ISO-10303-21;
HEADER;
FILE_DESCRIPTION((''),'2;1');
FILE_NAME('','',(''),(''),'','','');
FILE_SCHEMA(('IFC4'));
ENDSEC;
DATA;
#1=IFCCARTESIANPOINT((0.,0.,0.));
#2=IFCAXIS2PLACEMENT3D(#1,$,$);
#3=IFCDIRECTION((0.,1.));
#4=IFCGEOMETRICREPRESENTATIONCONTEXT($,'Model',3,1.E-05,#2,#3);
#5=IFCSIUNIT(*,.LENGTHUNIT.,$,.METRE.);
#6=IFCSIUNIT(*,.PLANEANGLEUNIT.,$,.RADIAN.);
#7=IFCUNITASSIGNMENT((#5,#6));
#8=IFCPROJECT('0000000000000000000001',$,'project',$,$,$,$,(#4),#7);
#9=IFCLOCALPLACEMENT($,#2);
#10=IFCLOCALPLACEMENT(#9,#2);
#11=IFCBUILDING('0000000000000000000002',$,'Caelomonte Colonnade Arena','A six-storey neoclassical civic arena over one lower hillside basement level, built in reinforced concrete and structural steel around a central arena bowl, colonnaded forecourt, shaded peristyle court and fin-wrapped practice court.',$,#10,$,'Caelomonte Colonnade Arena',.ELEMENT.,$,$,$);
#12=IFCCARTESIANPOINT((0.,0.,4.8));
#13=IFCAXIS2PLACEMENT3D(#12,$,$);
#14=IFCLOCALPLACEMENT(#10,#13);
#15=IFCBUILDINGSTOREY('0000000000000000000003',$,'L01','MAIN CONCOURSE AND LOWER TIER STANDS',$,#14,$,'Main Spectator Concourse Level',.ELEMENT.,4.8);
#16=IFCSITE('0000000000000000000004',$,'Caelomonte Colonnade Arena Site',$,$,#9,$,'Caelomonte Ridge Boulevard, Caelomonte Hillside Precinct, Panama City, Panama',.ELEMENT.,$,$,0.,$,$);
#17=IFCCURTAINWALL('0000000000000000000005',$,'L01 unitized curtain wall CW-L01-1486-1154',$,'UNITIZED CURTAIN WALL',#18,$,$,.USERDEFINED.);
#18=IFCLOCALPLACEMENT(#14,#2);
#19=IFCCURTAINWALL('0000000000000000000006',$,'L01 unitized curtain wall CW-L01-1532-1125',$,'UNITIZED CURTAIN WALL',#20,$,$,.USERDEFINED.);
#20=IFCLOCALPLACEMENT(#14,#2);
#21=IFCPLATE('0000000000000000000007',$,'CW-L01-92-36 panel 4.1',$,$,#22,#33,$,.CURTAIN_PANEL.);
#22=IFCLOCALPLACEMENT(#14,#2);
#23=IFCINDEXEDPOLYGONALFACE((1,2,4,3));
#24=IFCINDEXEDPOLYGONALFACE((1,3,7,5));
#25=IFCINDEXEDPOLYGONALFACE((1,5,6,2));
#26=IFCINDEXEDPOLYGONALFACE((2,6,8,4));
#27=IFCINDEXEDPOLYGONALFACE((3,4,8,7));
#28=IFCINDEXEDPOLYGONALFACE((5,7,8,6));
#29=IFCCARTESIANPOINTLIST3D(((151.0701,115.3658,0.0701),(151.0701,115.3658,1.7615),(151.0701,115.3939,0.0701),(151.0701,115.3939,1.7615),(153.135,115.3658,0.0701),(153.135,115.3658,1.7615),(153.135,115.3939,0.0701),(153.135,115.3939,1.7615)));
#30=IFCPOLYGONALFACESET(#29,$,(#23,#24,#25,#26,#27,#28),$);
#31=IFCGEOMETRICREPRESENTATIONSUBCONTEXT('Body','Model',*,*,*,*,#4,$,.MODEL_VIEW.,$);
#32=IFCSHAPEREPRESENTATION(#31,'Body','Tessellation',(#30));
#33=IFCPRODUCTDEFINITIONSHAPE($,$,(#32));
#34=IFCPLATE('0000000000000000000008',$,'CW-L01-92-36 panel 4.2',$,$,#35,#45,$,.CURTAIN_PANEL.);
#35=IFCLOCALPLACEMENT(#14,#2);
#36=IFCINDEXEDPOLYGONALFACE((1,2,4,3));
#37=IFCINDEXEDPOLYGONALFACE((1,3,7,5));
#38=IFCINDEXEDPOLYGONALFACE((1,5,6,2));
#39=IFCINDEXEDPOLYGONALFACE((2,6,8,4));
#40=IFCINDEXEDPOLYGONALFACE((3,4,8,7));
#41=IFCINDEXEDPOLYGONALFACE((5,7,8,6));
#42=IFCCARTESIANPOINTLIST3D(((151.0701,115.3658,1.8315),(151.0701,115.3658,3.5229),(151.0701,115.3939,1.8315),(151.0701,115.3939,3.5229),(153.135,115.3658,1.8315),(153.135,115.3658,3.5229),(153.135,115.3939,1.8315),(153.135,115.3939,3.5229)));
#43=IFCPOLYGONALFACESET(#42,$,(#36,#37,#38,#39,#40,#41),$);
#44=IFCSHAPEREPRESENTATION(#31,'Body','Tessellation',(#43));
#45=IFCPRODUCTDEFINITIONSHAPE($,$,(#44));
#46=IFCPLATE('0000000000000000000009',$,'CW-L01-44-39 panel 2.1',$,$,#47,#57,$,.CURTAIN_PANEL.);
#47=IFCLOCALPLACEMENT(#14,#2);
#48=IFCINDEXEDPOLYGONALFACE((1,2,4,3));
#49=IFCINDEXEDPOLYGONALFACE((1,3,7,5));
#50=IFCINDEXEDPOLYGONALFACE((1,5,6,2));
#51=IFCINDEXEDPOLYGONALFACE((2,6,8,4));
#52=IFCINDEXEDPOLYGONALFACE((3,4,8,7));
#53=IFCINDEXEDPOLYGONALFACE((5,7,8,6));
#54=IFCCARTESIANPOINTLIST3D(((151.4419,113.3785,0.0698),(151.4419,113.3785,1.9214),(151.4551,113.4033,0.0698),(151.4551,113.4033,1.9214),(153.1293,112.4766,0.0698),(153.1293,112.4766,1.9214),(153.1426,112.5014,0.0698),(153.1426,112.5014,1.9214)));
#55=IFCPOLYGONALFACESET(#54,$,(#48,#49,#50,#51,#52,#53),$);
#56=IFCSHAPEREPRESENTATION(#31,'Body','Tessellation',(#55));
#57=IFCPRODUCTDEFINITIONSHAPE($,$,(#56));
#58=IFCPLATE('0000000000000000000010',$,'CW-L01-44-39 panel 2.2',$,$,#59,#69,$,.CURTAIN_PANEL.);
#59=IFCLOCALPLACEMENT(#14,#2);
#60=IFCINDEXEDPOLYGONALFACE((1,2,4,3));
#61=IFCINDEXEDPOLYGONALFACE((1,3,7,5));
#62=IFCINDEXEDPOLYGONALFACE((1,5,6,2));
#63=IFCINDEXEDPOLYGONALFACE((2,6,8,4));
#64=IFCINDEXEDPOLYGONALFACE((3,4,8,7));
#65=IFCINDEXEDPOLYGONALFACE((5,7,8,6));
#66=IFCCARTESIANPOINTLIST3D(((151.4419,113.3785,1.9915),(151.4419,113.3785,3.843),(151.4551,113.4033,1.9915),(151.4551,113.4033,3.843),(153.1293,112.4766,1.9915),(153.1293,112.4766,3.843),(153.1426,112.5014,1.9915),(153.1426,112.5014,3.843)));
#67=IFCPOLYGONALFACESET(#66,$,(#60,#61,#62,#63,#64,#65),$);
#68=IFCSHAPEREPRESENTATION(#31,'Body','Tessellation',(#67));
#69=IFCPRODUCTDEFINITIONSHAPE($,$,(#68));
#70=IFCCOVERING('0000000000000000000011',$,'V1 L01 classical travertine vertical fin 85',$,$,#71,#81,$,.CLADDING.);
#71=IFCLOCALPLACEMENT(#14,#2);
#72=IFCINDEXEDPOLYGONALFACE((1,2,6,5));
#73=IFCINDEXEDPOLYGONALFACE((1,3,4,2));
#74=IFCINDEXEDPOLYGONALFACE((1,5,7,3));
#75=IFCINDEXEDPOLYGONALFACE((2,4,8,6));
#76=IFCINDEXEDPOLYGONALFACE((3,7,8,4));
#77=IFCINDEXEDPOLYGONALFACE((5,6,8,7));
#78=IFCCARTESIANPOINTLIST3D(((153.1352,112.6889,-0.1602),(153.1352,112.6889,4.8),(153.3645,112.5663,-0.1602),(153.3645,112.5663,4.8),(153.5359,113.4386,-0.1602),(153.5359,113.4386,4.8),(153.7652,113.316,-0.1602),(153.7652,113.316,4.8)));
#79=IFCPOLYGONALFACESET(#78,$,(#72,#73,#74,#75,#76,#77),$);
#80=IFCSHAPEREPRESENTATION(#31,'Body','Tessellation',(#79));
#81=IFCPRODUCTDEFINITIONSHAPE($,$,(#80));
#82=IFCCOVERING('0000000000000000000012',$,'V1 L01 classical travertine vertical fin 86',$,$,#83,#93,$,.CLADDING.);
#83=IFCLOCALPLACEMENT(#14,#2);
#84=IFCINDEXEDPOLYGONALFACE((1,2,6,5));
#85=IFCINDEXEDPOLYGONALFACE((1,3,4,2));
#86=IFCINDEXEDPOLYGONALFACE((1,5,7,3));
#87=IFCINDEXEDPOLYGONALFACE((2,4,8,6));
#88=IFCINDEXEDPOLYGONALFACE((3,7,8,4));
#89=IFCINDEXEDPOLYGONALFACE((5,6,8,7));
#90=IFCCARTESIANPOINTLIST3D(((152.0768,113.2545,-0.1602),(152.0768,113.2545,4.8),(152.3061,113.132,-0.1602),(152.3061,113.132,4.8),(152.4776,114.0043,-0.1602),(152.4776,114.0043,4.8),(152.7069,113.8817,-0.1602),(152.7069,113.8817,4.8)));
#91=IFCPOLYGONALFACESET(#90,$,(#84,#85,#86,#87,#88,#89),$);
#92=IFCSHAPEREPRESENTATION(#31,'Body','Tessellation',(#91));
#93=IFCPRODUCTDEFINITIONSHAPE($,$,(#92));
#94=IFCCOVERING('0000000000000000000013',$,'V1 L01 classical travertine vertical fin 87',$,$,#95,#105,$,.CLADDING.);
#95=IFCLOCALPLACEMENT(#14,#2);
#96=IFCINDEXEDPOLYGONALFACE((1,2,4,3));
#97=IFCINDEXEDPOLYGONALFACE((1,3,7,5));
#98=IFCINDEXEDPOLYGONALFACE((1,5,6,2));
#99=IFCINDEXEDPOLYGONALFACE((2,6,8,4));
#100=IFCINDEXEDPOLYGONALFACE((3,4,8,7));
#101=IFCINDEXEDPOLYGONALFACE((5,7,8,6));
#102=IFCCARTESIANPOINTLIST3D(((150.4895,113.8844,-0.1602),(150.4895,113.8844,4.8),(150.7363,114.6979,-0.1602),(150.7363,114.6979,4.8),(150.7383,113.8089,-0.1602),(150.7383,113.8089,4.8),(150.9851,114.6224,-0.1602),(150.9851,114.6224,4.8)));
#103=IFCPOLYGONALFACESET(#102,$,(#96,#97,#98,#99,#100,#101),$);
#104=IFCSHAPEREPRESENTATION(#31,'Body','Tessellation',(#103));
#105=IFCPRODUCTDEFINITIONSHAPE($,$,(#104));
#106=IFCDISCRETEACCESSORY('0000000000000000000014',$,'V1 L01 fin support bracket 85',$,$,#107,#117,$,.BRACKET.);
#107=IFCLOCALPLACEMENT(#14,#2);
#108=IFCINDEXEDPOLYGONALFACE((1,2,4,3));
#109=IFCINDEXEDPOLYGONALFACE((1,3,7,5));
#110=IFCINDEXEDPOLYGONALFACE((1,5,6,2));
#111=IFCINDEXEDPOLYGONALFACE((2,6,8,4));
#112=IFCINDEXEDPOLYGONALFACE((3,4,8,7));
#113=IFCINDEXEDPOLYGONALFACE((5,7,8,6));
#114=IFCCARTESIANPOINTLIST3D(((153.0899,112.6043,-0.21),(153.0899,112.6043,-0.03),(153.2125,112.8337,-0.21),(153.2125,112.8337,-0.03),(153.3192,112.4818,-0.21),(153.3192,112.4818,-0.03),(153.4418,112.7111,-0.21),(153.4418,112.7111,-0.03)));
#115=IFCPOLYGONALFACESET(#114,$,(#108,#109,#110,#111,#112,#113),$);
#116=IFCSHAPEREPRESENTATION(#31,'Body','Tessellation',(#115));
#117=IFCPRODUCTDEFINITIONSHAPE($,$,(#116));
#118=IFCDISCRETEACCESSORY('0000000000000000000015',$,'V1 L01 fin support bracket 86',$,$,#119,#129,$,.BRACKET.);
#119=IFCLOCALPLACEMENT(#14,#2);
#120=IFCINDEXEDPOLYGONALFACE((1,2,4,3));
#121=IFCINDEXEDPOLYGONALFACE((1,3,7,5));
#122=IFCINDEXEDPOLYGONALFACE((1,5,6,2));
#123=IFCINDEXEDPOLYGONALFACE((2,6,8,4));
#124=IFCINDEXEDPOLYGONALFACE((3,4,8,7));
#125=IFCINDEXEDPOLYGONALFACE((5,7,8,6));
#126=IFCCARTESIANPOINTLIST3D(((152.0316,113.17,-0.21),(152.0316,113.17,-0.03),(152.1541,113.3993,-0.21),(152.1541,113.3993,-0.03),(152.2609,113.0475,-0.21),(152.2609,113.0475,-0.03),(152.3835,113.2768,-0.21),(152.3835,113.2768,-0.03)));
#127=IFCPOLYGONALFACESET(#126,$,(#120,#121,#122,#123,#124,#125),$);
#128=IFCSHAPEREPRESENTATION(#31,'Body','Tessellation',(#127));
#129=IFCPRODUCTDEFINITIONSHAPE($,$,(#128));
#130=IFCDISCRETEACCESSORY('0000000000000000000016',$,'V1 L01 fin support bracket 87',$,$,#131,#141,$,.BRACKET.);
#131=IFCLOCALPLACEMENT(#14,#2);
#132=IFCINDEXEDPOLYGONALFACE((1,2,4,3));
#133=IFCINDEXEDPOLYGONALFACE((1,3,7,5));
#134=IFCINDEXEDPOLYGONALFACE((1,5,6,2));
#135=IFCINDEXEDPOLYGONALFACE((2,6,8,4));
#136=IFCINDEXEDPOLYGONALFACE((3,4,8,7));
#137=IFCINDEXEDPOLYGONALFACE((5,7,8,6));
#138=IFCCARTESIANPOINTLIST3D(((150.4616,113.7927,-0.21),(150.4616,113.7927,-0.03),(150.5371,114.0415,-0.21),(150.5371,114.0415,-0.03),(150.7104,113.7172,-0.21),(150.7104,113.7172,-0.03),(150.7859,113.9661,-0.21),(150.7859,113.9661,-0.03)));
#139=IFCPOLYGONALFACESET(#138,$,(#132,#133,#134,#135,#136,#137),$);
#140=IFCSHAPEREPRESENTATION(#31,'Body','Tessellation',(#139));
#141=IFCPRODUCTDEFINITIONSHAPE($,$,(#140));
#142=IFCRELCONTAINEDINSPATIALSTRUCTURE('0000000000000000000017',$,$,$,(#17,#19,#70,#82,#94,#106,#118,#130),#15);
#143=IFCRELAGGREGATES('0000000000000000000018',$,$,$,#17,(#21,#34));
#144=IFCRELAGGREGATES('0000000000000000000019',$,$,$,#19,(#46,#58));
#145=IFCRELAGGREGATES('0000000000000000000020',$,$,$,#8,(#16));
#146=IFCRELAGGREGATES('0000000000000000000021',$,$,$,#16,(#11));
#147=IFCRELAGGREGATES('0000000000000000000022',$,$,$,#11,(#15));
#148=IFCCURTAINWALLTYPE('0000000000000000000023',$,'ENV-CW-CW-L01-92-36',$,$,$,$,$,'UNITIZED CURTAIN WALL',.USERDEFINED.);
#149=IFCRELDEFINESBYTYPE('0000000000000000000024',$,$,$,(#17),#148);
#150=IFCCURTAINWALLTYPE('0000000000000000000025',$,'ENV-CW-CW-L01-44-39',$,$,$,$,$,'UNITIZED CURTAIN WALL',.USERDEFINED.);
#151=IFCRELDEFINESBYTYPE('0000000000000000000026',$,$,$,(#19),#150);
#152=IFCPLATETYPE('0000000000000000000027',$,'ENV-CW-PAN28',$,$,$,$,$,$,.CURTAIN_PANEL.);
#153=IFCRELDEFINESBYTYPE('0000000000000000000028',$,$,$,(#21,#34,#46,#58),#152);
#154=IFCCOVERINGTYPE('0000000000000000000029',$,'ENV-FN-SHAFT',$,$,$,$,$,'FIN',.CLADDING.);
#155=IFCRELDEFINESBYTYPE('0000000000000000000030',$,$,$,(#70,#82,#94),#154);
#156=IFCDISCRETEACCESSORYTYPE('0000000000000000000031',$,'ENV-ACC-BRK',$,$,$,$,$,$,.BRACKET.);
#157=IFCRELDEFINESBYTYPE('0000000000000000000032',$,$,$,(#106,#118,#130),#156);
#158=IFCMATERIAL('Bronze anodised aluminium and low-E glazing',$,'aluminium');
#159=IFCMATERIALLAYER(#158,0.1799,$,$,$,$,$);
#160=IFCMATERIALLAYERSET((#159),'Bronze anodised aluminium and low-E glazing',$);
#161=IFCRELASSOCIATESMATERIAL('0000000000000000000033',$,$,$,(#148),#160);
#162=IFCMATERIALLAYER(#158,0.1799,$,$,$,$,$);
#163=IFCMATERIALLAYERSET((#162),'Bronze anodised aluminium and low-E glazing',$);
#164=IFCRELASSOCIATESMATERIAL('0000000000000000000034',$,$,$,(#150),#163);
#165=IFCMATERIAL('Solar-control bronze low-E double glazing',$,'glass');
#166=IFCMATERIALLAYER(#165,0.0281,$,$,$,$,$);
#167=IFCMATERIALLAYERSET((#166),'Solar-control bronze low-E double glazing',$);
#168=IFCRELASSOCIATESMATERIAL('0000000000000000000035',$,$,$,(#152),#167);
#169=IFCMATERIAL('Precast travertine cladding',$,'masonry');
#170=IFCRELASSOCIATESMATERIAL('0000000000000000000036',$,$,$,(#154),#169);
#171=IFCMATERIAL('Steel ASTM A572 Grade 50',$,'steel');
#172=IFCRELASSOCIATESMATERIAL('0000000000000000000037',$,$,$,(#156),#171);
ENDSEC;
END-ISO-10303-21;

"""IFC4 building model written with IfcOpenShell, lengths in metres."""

from ifc_helpers import new_model, si_unit, direction, frame, origin, origin_2d, place, context, subcontext, project, spatial, rectangle, extrude, material, layer, layer_set, material_profile, profile_set, type_object, element, aggregate, save


model = new_model("IFC4")

# Units and contexts
model_context = context("Model", 3, precision=1e-05, world=origin(), true_north=direction((0.0, 1.0)))
body_context = subcontext(model_context, "Body", "Model", "MODEL_VIEW")
ifc_project = project(units=[si_unit("LENGTHUNIT", "METRE"), si_unit("PLANEANGLEUNIT", "RADIAN")], contexts=[model_context])

# Site, building, storey
site_placement = place(None, origin())
site = spatial("IfcSite", under=ifc_project, at=site_placement, Name="Caelomonte Colonnade Arena Site", LongName="Caelomonte Ridge Boulevard, Caelomonte Hillside Precinct, Panama City, Panama", CompositionType="ELEMENT", RefElevation=0.0)
building_placement = place(site_placement, origin())
building = spatial("IfcBuilding", under=site, at=building_placement, Name="Caelomonte Colonnade Arena", Description="A six-storey neoclassical civic arena over one lower hillside basement level, built in reinforced concrete and structural steel around a central arena bowl, colonnaded forecourt, shaded peristyle court and fin-wrapped practice court.", LongName="Caelomonte Colonnade Arena", CompositionType="ELEMENT")
storey_placement = place(building_placement, frame((0.0, 0.0, 4.8)))
storey = spatial("IfcBuildingStorey", under=building, at=storey_placement, Name="L01", Description="MAIN CONCOURSE AND LOWER TIER STANDS", LongName="Main Spectator Concourse Level", CompositionType="ELEMENT", Elevation=4.8)

# Curtain walls
ifc_material_1 = material(Name="Bronze anodised aluminium and low-E glazing", Category="aluminium")
ifc_layer_1 = layer(ifc_material_1, 0.1799)
ifc_layer_set_1 = layer_set([ifc_layer_1], Name="Bronze anodised aluminium and low-E glazing")
curtain_wall_type_1 = type_object("IfcCurtainWallType", Name="ENV-CW-CW-L01-92-36", ElementType="UNITIZED CURTAIN WALL", PredefinedType="USERDEFINED", material=ifc_layer_set_1)
curtain_wall_1_placement = place(storey_placement, origin())
curtain_wall_1 = element("IfcCurtainWall", 1, at=curtain_wall_1_placement, inside=storey, type_object=curtain_wall_type_1, Name="L01 unitized curtain wall CW-L01-1486-1154", ObjectType="UNITIZED CURTAIN WALL", PredefinedType="USERDEFINED")
ifc_layer_2 = layer(ifc_material_1, 0.1799)
ifc_layer_set_2 = layer_set([ifc_layer_2], Name="Bronze anodised aluminium and low-E glazing")
curtain_wall_type_2 = type_object("IfcCurtainWallType", Name="ENV-CW-CW-L01-44-39", ElementType="UNITIZED CURTAIN WALL", PredefinedType="USERDEFINED", material=ifc_layer_set_2)
curtain_wall_2_placement = place(storey_placement, origin())
curtain_wall_2 = element("IfcCurtainWall", 2, at=curtain_wall_2_placement, inside=storey, type_object=curtain_wall_type_2, Name="L01 unitized curtain wall CW-L01-1532-1125", ObjectType="UNITIZED CURTAIN WALL", PredefinedType="USERDEFINED")

# Plates
ifc_material_2 = material(Name="Solar-control bronze low-E double glazing", Category="glass")
ifc_layer_3 = layer(ifc_material_2, 0.0281)
ifc_layer_set_3 = layer_set([ifc_layer_3], Name="Solar-control bronze low-E double glazing")
plate_type = type_object("IfcPlateType", Name="ENV-CW-PAN28", PredefinedType="CURTAIN_PANEL", material=ifc_layer_set_3)
plate_1_placement = place(storey_placement, frame((152.1025, 115.3799, 0.0701), z_axis=(0.0, 0.0, 1.0), x_axis=(1.0, 0.0, 0.0)))
plate_1 = element("IfcPlate", 3, at=plate_1_placement, type_object=plate_type, Name="CW-L01-92-36 panel 4.1", PredefinedType="CURTAIN_PANEL", context=body_context, shape_type="SweptSolid", body=[
    extrude(rectangle(XDim=2.0649, YDim=0.0281, at=origin_2d()), origin(), (0.0, 0.0, 1.0), 1.6914),
])
plate_2_placement = place(storey_placement, frame((152.1025, 115.3799, 1.8315), z_axis=(0.0, 0.0, 1.0), x_axis=(1.0, 0.0, 0.0)))
plate_2 = element("IfcPlate", 4, at=plate_2_placement, type_object=plate_type, Name="CW-L01-92-36 panel 4.2", PredefinedType="CURTAIN_PANEL", context=body_context, shape_type="SweptSolid", body=[
    extrude(rectangle(XDim=2.0649, YDim=0.0281, at=origin_2d()), origin(), (0.0, 0.0, 1.0), 1.6914),
])
aggregate(curtain_wall_1, [plate_1, plate_2])
plate_3_placement = place(storey_placement, frame((152.2922, 112.9399, 0.0698), z_axis=(0.0, 0.0, 1.0), x_axis=(-0.881923, 0.471394, 0.0)))
plate_3 = element("IfcPlate", 5, at=plate_3_placement, type_object=plate_type, Name="CW-L01-44-39 panel 2.1", PredefinedType="CURTAIN_PANEL", context=body_context, shape_type="SweptSolid", body=[
    extrude(rectangle(XDim=1.9133, YDim=0.0281, at=origin_2d()), origin(), (0.0, 0.0, 1.0), 1.8516),
])
plate_4_placement = place(storey_placement, frame((152.2922, 112.9399, 1.9915), z_axis=(0.0, 0.0, 1.0), x_axis=(-0.881923, 0.471394, 0.0)))
plate_4 = element("IfcPlate", 6, at=plate_4_placement, type_object=plate_type, Name="CW-L01-44-39 panel 2.2", PredefinedType="CURTAIN_PANEL", context=body_context, shape_type="SweptSolid", body=[
    extrude(rectangle(XDim=1.9133, YDim=0.0281, at=origin_2d()), origin(), (0.0, 0.0, 1.0), 1.8516),
])
aggregate(curtain_wall_2, [plate_3, plate_4])

# Coverings
ifc_material_3 = material(Name="Precast travertine cladding", Category="masonry")
ifc_material_profile_1 = material_profile(ifc_material_3, rectangle(XDim=0.26, YDim=0.8501, at=origin_2d()), Name="FIN260X850")
ifc_profile_set_1 = profile_set([ifc_material_profile_1], Name="Precast travertine cladding")
covering_type = type_object("IfcCoveringType", Name="ENV-FN-SHAFT", ElementType="FIN", PredefinedType="CLADDING", material=ifc_profile_set_1)
for number, where, z_axis, x_axis, name in (
    (7, (153.4502, 113.0024, -0.1602), (0.0, 0.0, 1.0), (0.881921, -0.471397, 0.0), "V1 L01 classical travertine vertical fin 85"),
    (8, (152.3918, 113.5681, -0.1602), (0.0, 0.0, 1.0), (0.881921, -0.471397, 0.0), "V1 L01 classical travertine vertical fin 86"),
    (9, (150.7373, 114.2534, -0.1602), (0.0, 0.0, 1.0), (0.956943, -0.290276, 0.0), "V1 L01 classical travertine vertical fin 87"),
):
    element("IfcCovering", number, at=place(storey_placement, frame(where, z_axis=z_axis, x_axis=x_axis)), inside=storey, type_object=covering_type, Name=name, PredefinedType="CLADDING", context=body_context, shape_type="SweptSolid", body=[
        extrude(rectangle(XDim=0.26, YDim=0.8501, at=origin_2d()), origin(), (0.0, 0.0, 1.0), 4.9602),
    ])

# Discrete accessories
ifc_material_4 = material(Name="Steel ASTM A572 Grade 50", Category="steel")
discrete_accessory_type = type_object("IfcDiscreteAccessoryType", Name="ENV-ACC-BRK", PredefinedType="BRACKET", material=ifc_material_4)
for number, where, z_axis, x_axis, name in (
    (10, (153.2659, 112.6577, -0.21), (0.0, 0.0, 1.0), (-0.881921, 0.471397, 0.0), "V1 L01 fin support bracket 85"),
    (11, (152.2075, 113.2234, -0.21), (0.0, 0.0, 1.0), (-0.881921, 0.471397, 0.0), "V1 L01 fin support bracket 86"),
    (12, (150.6238, 113.8794, -0.21), (0.0, 0.0, 1.0), (-0.956943, 0.290276, 0.0), "V1 L01 fin support bracket 87"),
):
    element("IfcDiscreteAccessory", number, at=place(storey_placement, frame(where, z_axis=z_axis, x_axis=x_axis)), inside=storey, type_object=discrete_accessory_type, Name=name, PredefinedType="BRACKET", context=body_context, shape_type="SweptSolid", body=[
        extrude(rectangle(XDim=0.26, YDim=0.26, at=origin_2d()), origin(), (0.0, 0.0, 1.0), 0.1799),
    ])

save(model, "model.ifc")
